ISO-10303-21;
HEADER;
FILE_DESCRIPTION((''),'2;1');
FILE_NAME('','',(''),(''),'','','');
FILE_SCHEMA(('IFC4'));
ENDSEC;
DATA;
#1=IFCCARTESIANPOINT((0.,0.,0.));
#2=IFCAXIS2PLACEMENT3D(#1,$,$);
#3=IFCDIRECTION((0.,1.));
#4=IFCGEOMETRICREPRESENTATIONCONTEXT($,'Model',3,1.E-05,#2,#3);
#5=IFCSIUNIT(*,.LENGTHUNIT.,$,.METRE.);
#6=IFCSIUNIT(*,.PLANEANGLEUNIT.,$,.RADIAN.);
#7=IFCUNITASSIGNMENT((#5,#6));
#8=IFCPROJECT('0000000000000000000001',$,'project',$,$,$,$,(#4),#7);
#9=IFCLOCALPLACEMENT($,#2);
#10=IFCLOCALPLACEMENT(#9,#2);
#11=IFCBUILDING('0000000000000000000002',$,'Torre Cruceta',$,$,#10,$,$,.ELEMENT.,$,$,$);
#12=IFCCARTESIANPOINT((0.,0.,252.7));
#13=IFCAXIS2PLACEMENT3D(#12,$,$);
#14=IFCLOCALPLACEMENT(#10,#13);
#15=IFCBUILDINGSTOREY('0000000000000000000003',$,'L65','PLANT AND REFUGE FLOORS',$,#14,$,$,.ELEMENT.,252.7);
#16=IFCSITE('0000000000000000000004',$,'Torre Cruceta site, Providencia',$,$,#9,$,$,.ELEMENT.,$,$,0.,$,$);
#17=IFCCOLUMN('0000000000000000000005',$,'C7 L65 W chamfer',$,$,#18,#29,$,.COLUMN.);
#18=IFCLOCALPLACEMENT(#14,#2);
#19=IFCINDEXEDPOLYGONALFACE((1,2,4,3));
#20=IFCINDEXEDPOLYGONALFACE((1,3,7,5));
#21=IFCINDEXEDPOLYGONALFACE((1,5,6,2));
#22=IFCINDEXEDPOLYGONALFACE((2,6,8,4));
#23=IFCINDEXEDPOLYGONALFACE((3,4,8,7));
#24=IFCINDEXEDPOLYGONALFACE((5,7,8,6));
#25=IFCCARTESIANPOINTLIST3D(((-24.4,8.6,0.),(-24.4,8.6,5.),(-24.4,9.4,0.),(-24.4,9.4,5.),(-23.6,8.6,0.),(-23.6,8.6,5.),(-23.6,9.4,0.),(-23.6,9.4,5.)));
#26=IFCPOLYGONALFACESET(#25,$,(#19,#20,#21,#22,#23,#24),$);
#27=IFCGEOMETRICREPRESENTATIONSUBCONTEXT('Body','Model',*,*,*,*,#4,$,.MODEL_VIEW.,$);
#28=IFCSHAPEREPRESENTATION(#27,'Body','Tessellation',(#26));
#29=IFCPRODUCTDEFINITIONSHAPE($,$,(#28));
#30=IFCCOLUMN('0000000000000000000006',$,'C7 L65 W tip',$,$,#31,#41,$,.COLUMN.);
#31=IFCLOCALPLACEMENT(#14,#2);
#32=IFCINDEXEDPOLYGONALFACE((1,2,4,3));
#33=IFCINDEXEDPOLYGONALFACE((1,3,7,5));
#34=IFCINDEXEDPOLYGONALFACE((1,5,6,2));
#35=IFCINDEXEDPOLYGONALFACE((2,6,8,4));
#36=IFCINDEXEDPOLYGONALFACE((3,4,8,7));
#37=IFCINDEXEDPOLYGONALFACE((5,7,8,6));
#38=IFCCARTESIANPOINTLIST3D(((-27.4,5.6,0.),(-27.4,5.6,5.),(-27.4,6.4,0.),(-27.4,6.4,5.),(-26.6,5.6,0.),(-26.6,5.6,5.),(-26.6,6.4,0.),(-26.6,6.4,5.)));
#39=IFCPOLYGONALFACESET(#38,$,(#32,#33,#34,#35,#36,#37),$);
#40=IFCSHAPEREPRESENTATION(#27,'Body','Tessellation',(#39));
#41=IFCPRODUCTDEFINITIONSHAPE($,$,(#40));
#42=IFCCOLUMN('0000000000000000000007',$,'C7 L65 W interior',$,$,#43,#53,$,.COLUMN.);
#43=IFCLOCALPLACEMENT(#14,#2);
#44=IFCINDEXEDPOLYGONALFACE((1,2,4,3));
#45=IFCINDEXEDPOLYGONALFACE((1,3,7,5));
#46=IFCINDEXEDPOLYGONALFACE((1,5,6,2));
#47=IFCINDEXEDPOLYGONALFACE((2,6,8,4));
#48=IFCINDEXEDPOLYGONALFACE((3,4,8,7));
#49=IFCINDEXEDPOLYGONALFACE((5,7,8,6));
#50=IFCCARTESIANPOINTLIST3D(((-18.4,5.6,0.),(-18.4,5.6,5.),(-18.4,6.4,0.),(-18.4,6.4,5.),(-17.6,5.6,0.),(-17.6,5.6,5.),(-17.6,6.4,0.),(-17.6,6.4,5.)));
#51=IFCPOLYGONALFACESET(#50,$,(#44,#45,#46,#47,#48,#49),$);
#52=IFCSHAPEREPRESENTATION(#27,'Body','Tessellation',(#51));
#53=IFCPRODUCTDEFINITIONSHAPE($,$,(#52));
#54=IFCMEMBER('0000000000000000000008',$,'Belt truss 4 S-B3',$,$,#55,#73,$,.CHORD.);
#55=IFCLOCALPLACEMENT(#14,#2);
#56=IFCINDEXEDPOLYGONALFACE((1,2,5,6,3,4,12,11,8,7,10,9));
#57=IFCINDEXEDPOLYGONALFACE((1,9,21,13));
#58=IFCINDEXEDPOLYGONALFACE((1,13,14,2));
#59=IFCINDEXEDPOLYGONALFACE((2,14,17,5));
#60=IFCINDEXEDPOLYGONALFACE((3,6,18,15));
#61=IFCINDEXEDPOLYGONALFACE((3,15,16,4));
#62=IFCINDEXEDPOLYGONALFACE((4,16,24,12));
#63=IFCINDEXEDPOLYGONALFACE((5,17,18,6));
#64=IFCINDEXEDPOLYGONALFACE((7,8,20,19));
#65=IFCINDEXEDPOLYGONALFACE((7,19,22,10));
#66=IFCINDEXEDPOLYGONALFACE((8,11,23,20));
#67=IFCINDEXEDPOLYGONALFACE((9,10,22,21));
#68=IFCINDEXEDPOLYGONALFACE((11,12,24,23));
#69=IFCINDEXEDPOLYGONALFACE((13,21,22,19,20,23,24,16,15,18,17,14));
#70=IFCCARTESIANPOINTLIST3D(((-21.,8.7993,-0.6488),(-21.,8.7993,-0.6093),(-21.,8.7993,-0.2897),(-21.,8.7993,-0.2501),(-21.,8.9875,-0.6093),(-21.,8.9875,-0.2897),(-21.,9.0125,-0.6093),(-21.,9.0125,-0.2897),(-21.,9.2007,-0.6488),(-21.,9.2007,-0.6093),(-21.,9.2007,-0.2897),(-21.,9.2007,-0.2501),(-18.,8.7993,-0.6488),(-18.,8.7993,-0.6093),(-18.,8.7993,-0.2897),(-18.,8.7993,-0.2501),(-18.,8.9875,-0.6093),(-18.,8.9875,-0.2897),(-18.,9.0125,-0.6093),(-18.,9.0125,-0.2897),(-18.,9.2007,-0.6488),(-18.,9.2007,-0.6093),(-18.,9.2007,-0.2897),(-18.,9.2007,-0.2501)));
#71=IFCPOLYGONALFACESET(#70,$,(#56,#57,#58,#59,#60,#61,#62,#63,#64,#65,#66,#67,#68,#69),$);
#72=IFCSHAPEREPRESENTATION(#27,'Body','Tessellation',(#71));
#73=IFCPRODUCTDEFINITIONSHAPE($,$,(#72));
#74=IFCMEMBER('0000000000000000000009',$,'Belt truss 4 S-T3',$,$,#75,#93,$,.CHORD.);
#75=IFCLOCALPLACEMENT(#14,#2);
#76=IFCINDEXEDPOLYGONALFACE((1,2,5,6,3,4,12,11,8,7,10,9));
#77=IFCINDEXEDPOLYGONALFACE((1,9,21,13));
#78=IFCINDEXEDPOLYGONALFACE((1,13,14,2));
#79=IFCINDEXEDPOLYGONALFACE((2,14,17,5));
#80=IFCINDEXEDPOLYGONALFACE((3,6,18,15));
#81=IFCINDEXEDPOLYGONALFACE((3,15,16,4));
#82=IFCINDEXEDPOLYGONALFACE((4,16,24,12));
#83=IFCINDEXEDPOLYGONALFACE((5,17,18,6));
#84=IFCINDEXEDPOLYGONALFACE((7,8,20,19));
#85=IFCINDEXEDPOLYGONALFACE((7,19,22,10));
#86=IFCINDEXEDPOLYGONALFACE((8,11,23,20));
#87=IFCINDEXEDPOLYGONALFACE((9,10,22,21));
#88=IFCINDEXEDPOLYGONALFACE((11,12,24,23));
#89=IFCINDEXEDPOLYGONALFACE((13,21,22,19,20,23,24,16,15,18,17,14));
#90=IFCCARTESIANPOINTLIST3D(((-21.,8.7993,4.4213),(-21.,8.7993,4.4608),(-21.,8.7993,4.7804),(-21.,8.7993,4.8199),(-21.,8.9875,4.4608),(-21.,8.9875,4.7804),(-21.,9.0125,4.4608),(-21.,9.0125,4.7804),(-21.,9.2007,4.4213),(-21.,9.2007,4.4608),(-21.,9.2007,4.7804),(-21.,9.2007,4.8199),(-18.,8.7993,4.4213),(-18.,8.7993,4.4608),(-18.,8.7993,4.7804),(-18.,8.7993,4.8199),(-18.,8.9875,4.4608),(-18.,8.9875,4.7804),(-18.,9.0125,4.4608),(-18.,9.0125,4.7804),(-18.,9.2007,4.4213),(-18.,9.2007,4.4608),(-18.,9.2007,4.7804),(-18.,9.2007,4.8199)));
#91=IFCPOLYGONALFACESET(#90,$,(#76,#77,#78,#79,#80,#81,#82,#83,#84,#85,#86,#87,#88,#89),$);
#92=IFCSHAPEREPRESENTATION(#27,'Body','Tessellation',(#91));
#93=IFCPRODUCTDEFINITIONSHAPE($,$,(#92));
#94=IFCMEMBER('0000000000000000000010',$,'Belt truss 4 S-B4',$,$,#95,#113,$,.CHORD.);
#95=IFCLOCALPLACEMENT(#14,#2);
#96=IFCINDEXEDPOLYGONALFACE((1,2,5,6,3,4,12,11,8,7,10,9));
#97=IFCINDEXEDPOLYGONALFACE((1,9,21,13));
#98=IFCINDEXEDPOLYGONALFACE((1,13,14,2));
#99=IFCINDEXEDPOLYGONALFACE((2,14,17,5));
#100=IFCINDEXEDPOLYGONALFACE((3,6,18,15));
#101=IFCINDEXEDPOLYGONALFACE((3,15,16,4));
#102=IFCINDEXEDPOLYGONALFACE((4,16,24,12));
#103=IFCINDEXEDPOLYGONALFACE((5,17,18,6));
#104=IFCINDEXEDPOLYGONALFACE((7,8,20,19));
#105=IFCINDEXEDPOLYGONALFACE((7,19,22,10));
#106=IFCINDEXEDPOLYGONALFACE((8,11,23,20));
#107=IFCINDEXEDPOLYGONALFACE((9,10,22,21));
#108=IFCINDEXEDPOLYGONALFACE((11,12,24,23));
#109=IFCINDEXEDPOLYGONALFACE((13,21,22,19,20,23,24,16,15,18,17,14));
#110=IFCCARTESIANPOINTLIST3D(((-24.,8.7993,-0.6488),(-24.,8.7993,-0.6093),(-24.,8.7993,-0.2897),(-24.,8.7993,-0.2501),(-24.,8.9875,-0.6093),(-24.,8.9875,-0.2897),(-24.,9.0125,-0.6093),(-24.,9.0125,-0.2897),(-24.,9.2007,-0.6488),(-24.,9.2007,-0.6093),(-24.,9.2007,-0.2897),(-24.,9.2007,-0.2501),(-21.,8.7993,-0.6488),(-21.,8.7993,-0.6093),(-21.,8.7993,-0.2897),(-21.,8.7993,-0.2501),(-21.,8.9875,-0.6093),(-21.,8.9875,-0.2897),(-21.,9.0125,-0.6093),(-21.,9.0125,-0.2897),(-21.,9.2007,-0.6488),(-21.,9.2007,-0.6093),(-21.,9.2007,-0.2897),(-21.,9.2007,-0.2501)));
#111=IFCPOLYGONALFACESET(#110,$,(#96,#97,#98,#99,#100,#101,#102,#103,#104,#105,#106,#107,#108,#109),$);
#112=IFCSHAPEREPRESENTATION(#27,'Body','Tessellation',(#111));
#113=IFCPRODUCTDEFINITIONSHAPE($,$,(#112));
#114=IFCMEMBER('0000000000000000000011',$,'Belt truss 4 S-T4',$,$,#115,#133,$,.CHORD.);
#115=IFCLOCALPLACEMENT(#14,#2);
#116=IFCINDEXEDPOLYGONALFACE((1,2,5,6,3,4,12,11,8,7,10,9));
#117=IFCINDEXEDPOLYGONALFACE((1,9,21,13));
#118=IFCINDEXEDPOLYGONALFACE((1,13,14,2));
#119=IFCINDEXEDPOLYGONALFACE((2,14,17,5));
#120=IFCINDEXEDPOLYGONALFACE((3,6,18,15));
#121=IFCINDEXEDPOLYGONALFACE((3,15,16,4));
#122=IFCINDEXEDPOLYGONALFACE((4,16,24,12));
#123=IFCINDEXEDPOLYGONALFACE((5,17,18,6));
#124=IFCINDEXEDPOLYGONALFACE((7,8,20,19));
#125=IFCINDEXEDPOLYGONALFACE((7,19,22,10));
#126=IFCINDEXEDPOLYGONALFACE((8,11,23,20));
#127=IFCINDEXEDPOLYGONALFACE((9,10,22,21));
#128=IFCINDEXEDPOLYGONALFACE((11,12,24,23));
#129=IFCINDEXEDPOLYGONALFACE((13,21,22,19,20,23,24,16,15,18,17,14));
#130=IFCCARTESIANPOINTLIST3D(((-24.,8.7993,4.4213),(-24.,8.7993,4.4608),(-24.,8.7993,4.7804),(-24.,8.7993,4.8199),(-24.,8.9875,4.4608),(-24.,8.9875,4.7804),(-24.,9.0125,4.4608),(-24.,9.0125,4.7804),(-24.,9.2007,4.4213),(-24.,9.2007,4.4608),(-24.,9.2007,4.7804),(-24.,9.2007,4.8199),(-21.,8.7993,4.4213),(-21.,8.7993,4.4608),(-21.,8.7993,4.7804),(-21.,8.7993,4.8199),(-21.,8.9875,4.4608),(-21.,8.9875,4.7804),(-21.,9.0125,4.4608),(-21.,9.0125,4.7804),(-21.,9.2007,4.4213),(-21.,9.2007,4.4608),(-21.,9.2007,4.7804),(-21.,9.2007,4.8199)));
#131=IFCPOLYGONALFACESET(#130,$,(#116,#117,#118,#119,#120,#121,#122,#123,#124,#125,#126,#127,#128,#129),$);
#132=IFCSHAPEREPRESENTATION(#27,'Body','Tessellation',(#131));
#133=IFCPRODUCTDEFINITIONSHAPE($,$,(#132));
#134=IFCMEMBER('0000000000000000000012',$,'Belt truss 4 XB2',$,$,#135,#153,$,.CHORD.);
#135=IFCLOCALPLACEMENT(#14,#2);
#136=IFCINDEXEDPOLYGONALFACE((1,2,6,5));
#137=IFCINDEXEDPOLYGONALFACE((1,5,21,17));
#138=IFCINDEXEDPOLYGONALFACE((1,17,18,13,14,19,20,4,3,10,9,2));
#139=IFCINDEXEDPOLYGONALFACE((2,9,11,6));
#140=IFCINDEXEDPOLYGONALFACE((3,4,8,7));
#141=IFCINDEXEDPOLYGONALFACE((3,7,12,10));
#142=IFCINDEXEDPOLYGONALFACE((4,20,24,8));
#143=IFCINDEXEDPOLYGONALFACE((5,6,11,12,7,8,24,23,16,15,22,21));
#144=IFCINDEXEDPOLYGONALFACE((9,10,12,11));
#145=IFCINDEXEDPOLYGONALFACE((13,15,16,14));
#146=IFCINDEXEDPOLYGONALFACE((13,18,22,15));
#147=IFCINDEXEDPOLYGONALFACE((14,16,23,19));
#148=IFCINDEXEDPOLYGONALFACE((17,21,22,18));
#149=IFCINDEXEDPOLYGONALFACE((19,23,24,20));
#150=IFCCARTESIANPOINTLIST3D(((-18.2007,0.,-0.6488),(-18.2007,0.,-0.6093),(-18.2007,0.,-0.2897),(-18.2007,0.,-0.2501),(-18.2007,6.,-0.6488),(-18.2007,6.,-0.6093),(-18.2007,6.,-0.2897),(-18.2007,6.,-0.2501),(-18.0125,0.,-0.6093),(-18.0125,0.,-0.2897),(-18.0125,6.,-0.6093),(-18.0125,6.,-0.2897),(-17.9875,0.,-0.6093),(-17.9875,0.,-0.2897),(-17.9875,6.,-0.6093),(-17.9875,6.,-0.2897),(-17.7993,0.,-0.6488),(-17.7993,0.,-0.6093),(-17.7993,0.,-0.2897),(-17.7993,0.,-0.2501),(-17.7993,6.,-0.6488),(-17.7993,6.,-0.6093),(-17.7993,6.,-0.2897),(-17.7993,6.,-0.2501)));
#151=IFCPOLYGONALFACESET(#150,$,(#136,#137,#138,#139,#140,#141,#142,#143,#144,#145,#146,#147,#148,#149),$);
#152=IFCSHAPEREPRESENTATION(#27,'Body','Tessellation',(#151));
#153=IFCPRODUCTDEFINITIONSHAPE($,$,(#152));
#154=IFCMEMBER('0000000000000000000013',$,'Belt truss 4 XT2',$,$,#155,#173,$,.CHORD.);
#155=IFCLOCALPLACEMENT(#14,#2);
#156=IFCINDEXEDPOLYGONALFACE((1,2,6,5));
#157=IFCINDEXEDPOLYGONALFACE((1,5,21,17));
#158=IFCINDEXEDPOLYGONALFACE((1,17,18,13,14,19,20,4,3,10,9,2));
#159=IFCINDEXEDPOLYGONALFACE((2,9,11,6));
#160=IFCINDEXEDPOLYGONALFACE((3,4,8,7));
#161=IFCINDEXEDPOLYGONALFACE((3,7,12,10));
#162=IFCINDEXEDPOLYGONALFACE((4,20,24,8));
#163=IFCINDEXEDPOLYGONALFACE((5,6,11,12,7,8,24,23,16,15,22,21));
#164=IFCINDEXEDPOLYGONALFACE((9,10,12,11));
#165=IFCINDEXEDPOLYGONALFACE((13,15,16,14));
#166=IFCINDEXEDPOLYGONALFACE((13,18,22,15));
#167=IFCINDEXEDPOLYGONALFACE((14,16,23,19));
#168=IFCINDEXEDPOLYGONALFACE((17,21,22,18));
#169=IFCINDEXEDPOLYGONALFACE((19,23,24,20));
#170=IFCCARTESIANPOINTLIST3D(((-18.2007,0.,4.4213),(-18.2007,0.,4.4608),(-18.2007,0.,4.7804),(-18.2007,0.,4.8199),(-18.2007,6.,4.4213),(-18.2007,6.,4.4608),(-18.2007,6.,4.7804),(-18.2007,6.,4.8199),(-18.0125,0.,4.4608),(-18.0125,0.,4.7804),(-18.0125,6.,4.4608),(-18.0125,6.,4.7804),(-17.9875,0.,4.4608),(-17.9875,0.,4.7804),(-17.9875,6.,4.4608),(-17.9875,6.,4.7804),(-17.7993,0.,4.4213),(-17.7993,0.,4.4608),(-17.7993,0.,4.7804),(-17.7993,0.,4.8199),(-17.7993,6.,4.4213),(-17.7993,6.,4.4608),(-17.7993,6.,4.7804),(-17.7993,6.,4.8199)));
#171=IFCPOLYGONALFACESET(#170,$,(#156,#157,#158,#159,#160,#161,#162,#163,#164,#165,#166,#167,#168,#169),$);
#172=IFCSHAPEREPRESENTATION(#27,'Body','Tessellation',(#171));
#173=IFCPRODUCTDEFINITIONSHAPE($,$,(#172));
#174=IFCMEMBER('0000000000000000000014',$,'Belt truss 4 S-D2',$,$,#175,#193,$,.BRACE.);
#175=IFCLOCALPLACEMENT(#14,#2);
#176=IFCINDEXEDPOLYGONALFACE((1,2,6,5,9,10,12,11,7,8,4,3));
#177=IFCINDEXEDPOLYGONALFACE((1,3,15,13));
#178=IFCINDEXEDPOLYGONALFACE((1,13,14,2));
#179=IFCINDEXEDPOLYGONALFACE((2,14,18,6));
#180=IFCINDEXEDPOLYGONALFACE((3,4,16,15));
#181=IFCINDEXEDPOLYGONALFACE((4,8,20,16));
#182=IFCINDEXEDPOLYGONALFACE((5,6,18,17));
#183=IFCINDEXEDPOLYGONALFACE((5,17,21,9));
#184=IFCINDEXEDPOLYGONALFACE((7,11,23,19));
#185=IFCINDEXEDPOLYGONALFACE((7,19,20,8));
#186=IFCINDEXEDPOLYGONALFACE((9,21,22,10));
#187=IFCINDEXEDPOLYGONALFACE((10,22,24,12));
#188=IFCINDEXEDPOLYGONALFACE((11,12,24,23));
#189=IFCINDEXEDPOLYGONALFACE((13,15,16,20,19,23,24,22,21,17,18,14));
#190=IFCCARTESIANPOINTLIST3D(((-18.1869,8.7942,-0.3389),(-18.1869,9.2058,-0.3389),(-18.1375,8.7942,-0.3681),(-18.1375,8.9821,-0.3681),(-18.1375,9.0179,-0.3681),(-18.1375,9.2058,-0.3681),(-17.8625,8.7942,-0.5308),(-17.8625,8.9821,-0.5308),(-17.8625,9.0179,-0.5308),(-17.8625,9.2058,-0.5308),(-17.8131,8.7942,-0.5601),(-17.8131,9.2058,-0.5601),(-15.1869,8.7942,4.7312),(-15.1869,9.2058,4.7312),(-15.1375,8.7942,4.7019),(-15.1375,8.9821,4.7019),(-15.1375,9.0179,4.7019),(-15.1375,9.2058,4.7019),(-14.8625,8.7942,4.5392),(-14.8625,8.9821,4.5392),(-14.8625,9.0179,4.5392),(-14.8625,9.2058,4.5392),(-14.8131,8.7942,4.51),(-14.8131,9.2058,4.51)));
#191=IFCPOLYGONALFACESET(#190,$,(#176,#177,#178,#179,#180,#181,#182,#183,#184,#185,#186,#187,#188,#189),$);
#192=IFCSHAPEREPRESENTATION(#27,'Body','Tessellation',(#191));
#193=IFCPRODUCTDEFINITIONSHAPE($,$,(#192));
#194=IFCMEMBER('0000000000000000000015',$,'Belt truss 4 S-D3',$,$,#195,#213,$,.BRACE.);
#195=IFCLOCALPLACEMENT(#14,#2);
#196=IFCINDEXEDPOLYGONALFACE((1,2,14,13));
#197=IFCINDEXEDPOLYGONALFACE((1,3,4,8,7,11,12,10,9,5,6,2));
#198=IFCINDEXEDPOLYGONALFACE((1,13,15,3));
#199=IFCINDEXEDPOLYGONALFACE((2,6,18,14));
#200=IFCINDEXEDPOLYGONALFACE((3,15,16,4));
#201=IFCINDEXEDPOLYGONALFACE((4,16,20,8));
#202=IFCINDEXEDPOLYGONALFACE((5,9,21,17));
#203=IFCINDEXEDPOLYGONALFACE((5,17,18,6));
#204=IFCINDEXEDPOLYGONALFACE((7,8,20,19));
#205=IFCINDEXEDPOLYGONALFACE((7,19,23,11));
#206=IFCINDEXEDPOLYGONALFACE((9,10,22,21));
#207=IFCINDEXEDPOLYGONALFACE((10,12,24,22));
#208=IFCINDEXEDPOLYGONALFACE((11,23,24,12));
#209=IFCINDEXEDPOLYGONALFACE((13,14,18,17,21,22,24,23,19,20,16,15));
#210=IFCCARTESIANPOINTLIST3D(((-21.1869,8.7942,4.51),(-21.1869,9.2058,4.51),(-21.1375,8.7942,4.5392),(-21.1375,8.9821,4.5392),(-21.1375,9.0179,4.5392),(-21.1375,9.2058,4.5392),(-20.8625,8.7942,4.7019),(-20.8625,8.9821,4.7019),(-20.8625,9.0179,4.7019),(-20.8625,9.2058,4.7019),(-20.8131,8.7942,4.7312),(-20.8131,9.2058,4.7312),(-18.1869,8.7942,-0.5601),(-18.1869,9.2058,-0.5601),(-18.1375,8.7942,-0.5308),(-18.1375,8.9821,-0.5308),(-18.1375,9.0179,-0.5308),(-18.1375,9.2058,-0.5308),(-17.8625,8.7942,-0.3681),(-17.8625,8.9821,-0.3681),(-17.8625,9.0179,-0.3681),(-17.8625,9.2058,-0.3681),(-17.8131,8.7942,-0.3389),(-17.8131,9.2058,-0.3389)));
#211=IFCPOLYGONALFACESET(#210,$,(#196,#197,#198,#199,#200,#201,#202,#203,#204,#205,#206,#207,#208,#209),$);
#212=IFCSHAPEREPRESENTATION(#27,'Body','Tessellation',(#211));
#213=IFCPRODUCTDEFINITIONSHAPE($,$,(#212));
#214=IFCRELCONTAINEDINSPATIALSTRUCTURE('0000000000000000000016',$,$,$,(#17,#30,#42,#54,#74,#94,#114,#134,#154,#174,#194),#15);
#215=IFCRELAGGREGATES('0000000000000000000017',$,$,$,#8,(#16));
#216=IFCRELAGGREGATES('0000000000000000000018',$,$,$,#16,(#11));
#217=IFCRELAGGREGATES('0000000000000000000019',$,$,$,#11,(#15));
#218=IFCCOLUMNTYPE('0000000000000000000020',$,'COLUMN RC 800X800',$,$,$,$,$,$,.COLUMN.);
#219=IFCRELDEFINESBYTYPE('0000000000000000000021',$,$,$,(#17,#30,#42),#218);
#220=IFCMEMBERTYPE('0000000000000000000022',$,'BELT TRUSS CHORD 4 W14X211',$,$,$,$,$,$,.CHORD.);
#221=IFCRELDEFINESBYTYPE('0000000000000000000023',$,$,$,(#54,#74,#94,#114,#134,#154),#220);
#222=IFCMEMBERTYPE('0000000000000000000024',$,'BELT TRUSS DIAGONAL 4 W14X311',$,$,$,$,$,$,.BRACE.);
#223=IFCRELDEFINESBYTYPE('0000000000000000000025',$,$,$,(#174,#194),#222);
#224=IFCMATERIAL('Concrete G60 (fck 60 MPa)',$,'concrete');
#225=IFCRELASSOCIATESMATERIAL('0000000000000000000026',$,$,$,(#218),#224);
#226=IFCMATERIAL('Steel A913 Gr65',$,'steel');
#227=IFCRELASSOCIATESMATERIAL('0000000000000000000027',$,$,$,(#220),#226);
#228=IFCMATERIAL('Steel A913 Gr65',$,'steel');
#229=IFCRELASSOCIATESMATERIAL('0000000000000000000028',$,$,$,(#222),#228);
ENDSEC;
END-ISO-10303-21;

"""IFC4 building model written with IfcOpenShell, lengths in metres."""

from ifc_helpers import new_model, si_unit, direction, frame, origin, origin_2d, place, context, subcontext, project, spatial, rectangle, i_section, extrude, material, material_profile, profile_set, type_object, element, save


model = new_model("IFC4")

# Units and contexts
model_context = context("Model", 3, precision=1e-05, world=origin(), true_north=direction((0.0, 1.0)))
body_context = subcontext(model_context, "Body", "Model", "MODEL_VIEW")
ifc_project = project(units=[si_unit("LENGTHUNIT", "METRE"), si_unit("PLANEANGLEUNIT", "RADIAN")], contexts=[model_context])

# Site, building, storey
site_placement = place(None, origin())
site = spatial("IfcSite", under=ifc_project, at=site_placement, Name="Torre Cruceta site, Providencia", CompositionType="ELEMENT", RefElevation=0.0)
building_placement = place(site_placement, origin())
building = spatial("IfcBuilding", under=site, at=building_placement, Name="Torre Cruceta", CompositionType="ELEMENT")
storey_placement = place(building_placement, frame((0.0, 0.0, 252.7)))
storey = spatial("IfcBuildingStorey", under=building, at=storey_placement, Name="L65", Description="PLANT AND REFUGE FLOORS", CompositionType="ELEMENT", Elevation=252.7)

# Columns
ifc_material_1 = material(Name="Concrete G60 (fck 60 MPa)", Category="concrete")
ifc_material_profile_1 = material_profile(ifc_material_1, rectangle(XDim=0.8, YDim=0.8, at=origin_2d()), Name="RC 800X800")
ifc_profile_set_1 = profile_set([ifc_material_profile_1], Name="Concrete G60 (fck 60 MPa)")
column_type = type_object("IfcColumnType", Name="COLUMN RC 800X800", PredefinedType="COLUMN", material=ifc_profile_set_1)
for number, where, z_axis, x_axis, name in (
    (1, (-24.0, 9.0, 0.0), (0.0, 0.0, 1.0), (1.0, 0.0, 0.0), "C7 L65 W chamfer"),
    (2, (-27.0, 6.0, 0.0), (0.0, 0.0, 1.0), (1.0, 0.0, 0.0), "C7 L65 W tip"),
    (3, (-18.0, 6.0, 0.0), (0.0, 0.0, 1.0), (1.0, 0.0, 0.0), "C7 L65 W interior"),
):
    element("IfcColumn", number, at=place(storey_placement, frame(where, z_axis=z_axis, x_axis=x_axis)), inside=storey, type_object=column_type, Name=name, PredefinedType="COLUMN", context=body_context, shape_type="SweptSolid", body=[
        extrude(rectangle(XDim=0.8, YDim=0.8, at=origin_2d()), origin(), (0.0, 0.0, 1.0), 5.0),
    ])

# Members
ifc_material_2 = material(Name="Steel A913 Gr65", Category="steel")
ifc_material_profile_2 = material_profile(ifc_material_2, i_section(OverallWidth=0.4014, OverallDepth=0.3987, WebThickness=0.0249, FlangeThickness=0.0396, at=origin_2d()), Name="W14X211")
ifc_profile_set_2 = profile_set([ifc_material_profile_2], Name="Steel A913 Gr65")
member_type_1 = type_object("IfcMemberType", Name="BELT TRUSS CHORD 4 W14X211", PredefinedType="CHORD", material=ifc_profile_set_2)
for number, where, z_axis, x_axis, name in (
    (4, (-18.0, 9.0, -0.4495), (-1.0, 0.0, 0.0), (0.0, -1.0, 0.0), "Belt truss 4 S-B3"),
    (5, (-18.0, 9.0, 4.6206), (-1.0, 0.0, 0.0), (0.0, -1.0, 0.0), "Belt truss 4 S-T3"),
    (6, (-21.0, 9.0, -0.4495), (-1.0, 0.0, 0.0), (0.0, -1.0, 0.0), "Belt truss 4 S-B4"),
    (7, (-21.0, 9.0, 4.6206), (-1.0, 0.0, 0.0), (0.0, -1.0, 0.0), "Belt truss 4 S-T4"),
):
    element("IfcMember", number, at=place(storey_placement, frame(where, z_axis=z_axis, x_axis=x_axis)), inside=storey, type_object=member_type_1, Name=name, PredefinedType="CHORD", context=body_context, shape_type="SweptSolid", body=[
        extrude(i_section(OverallWidth=0.4014, OverallDepth=0.3987, WebThickness=0.0249, FlangeThickness=0.0396, at=origin_2d()), origin(), (0.0, 0.0, 1.0), 3.0),
    ])
for number, where, z_axis, x_axis, name in (
    (8, (-18.0, 6.0, -0.4495), (0.0, -1.0, 0.0), (1.0, 0.0, 0.0), "Belt truss 4 XB2"),
    (9, (-18.0, 6.0, 4.6206), (0.0, -1.0, 0.0), (1.0, 0.0, 0.0), "Belt truss 4 XT2"),
):
    element("IfcMember", number, at=place(storey_placement, frame(where, z_axis=z_axis, x_axis=x_axis)), inside=storey, type_object=member_type_1, Name=name, PredefinedType="CHORD", context=body_context, shape_type="SweptSolid", body=[
        extrude(i_section(OverallWidth=0.4014, OverallDepth=0.3987, WebThickness=0.0249, FlangeThickness=0.0396, at=origin_2d()), origin(), (0.0, 0.0, 1.0), 6.0),
    ])
ifc_material_3 = material(Name="Steel A913 Gr65", Category="steel")
ifc_material_profile_3 = material_profile(ifc_material_3, i_section(OverallWidth=0.4116, OverallDepth=0.4343, WebThickness=0.0359, FlangeThickness=0.0574, at=origin_2d()), Name="W14X311")
ifc_profile_set_3 = profile_set([ifc_material_profile_3], Name="Steel A913 Gr65")
member_type_2 = type_object("IfcMemberType", Name="BELT TRUSS DIAGONAL 4 W14X311", PredefinedType="BRACE", material=ifc_profile_set_3)
for number, where, z_axis, x_axis, name in (
    (10, (-18.0, 9.0, -0.4495), (0.509239, 0.0, 0.860625), (0.0, 1.0, 0.0), "Belt truss 4 S-D2"),
    (11, (-18.0, 9.0, -0.4495), (-0.509239, 0.0, 0.860625), (0.0, -1.0, 0.0), "Belt truss 4 S-D3"),
):
    element("IfcMember", number, at=place(storey_placement, frame(where, z_axis=z_axis, x_axis=x_axis)), inside=storey, type_object=member_type_2, Name=name, PredefinedType="BRACE", context=body_context, shape_type="SweptSolid", body=[
        extrude(i_section(OverallWidth=0.4116, OverallDepth=0.4343, WebThickness=0.0359, FlangeThickness=0.0574, at=origin_2d()), origin(), (0.0, 0.0, 1.0), 5.8911),
    ])

save(model, "model.ifc")
